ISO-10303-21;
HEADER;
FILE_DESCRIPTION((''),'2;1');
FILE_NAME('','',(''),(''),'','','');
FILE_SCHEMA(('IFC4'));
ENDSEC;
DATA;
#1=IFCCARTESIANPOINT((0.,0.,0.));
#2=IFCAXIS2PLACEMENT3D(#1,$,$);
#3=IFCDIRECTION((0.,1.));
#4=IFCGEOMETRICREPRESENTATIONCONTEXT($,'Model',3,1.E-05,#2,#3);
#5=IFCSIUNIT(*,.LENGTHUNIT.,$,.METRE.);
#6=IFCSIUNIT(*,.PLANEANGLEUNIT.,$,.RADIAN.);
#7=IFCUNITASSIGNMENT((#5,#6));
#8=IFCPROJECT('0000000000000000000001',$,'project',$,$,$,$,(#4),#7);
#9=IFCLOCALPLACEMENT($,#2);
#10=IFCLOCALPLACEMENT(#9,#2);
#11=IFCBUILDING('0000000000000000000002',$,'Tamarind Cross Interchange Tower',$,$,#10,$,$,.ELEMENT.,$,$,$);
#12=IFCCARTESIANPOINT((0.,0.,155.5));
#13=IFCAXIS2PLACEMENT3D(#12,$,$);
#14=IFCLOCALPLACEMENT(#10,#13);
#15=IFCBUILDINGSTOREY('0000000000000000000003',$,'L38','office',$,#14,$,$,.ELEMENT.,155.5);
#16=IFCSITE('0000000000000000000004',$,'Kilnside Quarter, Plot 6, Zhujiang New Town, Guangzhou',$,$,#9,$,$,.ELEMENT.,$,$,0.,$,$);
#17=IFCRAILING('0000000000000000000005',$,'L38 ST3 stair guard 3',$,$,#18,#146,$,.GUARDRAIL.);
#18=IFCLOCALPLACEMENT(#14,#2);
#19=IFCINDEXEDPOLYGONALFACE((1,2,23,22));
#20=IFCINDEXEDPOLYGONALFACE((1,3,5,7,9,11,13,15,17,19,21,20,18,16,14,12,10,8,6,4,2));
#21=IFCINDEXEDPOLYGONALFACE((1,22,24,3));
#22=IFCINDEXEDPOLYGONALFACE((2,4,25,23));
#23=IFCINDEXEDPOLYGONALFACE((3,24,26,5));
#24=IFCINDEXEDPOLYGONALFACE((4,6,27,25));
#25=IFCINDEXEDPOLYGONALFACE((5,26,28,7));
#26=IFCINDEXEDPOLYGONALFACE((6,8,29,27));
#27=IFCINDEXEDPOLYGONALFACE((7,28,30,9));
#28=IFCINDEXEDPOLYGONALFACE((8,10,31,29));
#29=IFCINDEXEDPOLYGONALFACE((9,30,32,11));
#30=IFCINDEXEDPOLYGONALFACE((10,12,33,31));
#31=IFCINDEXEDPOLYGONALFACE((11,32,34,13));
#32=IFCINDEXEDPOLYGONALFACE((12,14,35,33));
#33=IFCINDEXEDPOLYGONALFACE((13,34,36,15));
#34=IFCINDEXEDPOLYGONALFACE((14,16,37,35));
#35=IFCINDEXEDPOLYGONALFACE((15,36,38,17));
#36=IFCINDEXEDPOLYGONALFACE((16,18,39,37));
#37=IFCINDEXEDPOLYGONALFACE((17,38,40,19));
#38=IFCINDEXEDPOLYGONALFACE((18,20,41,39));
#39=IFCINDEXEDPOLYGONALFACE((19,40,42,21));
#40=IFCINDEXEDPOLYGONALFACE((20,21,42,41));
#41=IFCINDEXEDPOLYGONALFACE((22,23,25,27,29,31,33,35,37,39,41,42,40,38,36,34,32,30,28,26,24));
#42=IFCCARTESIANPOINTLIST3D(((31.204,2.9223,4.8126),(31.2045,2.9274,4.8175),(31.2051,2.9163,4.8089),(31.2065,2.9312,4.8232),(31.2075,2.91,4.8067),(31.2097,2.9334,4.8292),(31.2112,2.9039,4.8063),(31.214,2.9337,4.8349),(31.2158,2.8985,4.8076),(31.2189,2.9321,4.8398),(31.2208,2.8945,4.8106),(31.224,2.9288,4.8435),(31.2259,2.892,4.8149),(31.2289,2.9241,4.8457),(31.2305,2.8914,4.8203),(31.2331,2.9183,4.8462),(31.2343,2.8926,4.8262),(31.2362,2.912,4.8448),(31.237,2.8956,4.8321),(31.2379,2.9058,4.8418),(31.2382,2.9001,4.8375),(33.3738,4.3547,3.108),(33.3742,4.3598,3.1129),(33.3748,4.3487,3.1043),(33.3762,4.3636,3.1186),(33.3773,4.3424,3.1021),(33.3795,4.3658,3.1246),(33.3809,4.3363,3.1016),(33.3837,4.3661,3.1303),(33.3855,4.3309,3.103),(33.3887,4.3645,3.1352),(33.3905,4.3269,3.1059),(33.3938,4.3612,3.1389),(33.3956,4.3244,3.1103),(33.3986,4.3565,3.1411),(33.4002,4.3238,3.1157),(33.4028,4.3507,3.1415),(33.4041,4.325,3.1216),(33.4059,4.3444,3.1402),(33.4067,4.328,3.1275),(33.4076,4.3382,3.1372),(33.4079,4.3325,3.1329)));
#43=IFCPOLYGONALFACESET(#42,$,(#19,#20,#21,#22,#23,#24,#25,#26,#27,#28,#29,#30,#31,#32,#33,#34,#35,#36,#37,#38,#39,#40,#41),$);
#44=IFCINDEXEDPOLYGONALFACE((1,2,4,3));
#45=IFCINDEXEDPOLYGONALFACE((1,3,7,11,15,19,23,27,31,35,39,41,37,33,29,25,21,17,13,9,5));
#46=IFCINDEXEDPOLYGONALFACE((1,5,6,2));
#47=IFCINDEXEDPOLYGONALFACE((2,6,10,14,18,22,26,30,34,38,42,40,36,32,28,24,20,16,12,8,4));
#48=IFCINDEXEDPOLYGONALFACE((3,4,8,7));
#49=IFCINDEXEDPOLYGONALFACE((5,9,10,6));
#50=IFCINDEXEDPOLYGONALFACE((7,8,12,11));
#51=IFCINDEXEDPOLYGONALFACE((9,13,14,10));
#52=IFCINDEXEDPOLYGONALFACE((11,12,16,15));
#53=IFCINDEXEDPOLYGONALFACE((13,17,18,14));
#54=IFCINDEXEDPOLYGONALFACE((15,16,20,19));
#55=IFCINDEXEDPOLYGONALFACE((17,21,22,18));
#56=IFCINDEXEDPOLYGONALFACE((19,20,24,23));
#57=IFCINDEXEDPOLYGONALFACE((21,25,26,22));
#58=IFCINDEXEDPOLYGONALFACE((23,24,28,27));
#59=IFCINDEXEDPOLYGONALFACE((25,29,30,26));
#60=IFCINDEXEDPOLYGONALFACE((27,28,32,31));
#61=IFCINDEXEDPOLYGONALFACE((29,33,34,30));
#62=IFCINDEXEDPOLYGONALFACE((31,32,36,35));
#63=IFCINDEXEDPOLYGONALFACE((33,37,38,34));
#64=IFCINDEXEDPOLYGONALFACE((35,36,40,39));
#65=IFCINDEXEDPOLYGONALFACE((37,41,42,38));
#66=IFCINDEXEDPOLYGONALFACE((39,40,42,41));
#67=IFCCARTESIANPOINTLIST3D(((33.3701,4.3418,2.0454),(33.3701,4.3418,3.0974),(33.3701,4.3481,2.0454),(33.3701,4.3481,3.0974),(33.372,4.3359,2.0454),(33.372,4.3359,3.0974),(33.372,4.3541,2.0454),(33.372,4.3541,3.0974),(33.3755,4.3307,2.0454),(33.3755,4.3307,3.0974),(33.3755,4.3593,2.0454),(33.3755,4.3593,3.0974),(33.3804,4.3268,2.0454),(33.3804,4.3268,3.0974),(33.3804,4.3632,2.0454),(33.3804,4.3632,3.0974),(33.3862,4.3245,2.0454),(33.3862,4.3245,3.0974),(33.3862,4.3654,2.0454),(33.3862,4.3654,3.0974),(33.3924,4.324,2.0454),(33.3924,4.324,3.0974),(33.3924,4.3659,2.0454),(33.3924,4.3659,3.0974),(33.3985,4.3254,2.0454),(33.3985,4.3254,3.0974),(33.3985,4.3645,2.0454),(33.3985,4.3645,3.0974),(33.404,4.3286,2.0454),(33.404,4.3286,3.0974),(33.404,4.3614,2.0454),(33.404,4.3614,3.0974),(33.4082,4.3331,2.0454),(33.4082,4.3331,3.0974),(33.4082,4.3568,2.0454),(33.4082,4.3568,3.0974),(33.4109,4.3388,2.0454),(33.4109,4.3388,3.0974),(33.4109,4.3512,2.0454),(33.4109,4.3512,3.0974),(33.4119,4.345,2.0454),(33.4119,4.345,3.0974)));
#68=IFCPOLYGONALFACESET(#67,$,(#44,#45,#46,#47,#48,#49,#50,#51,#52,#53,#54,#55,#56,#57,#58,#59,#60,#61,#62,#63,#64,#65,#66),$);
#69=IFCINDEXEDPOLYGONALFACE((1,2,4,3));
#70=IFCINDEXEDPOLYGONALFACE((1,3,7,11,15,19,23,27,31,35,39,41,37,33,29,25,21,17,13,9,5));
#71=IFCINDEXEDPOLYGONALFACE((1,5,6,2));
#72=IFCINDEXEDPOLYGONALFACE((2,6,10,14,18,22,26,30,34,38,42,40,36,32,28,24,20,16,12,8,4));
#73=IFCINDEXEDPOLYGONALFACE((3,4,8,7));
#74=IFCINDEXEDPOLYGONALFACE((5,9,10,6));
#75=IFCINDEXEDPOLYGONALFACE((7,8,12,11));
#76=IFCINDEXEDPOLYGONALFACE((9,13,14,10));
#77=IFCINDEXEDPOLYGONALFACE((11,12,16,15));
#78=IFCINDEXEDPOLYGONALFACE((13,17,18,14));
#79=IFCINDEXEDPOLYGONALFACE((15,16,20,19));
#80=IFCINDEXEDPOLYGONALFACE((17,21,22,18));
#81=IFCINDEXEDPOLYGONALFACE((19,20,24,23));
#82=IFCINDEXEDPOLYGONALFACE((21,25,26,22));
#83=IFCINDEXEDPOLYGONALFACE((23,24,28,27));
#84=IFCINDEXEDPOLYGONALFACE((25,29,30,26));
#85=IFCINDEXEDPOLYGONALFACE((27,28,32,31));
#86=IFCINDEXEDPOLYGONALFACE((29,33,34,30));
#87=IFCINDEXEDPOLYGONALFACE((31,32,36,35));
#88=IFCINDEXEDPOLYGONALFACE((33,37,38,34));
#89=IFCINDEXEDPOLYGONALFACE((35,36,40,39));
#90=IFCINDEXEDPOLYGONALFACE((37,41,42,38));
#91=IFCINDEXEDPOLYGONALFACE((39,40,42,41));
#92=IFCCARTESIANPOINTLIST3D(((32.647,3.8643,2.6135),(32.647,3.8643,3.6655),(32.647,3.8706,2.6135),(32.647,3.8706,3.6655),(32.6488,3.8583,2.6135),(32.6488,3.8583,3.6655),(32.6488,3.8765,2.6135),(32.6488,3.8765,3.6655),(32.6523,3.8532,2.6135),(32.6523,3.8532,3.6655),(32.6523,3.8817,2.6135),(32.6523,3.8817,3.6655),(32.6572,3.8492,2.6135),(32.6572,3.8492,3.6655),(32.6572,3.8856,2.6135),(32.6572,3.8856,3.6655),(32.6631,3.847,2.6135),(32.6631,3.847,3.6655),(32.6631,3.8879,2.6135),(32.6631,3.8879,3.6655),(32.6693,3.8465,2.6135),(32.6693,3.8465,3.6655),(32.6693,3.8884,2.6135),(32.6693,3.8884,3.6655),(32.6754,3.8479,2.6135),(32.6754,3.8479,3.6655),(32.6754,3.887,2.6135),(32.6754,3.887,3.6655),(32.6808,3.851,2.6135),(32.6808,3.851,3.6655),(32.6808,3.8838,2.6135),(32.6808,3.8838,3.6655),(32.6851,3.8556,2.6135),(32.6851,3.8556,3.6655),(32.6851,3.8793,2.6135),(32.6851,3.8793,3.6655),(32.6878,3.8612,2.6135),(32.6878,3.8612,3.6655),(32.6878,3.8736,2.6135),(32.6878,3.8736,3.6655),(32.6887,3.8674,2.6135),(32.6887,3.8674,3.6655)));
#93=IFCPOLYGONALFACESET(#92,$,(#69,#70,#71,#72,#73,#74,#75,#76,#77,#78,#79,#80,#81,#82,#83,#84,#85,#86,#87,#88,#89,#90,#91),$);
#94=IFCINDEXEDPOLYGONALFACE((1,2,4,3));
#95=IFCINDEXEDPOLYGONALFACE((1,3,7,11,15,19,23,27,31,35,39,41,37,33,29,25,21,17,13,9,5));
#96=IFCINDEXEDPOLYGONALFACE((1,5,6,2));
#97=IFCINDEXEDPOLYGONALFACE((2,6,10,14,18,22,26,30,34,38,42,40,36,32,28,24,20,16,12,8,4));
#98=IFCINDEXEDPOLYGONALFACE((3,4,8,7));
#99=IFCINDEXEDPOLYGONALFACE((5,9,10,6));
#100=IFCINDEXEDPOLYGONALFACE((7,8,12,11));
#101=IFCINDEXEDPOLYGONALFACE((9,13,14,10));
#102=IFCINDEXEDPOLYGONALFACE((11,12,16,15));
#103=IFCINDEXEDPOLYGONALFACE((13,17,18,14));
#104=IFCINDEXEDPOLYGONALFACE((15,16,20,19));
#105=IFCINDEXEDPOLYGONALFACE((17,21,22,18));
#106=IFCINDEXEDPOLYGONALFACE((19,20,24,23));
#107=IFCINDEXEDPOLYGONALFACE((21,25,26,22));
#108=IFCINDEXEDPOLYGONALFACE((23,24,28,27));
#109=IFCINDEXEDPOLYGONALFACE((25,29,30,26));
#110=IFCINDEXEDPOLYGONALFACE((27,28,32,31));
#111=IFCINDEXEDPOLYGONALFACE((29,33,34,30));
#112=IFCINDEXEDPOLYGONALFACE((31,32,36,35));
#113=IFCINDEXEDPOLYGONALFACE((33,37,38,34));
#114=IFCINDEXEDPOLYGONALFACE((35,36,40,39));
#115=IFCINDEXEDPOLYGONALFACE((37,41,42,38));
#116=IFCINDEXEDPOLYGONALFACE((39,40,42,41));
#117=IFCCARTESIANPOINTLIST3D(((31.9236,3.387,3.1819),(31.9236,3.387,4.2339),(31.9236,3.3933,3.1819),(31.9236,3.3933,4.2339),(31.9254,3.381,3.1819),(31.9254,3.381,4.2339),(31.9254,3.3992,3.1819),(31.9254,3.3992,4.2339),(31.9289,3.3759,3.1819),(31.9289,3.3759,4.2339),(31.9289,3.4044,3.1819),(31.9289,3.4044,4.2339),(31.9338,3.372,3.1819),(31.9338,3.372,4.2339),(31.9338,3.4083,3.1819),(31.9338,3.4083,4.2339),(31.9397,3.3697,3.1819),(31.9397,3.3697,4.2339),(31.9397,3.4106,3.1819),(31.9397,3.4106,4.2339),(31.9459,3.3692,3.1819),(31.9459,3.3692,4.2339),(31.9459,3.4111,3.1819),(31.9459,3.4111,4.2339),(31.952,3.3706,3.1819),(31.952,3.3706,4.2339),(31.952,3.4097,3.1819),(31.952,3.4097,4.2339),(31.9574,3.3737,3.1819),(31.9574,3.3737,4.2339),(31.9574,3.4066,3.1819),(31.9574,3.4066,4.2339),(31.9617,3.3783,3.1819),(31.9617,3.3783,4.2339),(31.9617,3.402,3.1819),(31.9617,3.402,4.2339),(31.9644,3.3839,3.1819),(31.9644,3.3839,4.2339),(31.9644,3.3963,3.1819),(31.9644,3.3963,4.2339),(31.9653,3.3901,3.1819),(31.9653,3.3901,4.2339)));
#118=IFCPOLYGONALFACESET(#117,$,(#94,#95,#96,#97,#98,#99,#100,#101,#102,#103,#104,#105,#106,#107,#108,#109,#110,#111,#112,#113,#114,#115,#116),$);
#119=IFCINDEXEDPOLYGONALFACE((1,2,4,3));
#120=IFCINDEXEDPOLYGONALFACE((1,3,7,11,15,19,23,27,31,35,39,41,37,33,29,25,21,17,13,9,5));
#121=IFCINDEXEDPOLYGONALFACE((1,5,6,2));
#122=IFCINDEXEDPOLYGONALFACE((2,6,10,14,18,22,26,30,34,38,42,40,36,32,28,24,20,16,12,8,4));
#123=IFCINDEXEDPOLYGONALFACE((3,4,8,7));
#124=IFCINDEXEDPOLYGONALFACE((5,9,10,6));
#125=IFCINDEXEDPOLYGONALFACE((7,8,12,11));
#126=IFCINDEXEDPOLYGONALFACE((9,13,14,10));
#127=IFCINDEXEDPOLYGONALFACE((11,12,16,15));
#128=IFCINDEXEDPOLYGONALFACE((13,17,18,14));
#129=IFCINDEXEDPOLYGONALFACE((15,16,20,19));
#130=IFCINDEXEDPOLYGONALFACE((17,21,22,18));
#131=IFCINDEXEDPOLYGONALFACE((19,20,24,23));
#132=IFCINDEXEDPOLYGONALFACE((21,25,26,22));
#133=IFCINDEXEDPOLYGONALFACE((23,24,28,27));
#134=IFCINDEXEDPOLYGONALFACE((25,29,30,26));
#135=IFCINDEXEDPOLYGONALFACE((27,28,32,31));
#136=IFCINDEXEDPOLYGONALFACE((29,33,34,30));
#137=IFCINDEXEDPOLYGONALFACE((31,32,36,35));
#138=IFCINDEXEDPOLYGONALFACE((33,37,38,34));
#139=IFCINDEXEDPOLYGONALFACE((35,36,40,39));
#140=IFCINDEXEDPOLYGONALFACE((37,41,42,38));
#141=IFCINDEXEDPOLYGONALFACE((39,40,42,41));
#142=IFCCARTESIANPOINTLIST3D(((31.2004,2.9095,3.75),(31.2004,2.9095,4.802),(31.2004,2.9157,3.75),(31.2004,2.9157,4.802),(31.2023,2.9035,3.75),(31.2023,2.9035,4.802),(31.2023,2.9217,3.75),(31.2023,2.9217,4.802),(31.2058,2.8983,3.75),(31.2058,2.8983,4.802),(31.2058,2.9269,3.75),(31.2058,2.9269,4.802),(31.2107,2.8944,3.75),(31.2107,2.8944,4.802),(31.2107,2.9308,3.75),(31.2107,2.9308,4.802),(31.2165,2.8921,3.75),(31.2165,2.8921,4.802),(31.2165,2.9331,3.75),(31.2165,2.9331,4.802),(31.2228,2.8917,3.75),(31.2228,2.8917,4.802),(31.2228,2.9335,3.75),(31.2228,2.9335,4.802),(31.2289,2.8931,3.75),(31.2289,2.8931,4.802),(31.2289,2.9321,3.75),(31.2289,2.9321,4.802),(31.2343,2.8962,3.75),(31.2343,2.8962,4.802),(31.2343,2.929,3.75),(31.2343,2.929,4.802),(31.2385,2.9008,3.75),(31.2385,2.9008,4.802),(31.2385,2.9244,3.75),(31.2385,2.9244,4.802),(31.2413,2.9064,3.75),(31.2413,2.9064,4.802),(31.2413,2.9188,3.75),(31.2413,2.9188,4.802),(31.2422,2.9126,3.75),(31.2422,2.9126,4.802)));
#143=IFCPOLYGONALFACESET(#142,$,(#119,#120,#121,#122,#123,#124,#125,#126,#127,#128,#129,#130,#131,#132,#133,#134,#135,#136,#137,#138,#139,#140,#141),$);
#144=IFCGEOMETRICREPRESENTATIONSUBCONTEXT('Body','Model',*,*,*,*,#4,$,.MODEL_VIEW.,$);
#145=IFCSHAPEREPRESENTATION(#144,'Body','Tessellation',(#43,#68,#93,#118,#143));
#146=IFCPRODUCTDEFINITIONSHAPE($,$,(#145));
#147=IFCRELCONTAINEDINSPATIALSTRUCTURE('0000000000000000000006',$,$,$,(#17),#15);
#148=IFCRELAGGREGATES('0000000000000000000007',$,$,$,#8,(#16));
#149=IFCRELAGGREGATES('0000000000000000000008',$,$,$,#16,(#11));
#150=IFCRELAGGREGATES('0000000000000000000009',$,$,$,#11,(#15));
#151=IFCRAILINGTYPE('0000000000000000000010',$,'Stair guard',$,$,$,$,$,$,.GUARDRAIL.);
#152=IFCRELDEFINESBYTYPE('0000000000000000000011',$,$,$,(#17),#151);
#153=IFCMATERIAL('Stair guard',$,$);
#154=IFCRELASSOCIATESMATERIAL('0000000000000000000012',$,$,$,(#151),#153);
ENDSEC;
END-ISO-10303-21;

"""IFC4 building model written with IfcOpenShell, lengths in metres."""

from ifc_helpers import new_model, si_unit, direction, frame, origin, origin_2d, place, context, subcontext, project, spatial, circle, extrude, material, type_object, element, save


model = new_model("IFC4")

# Units and contexts
model_context = context("Model", 3, precision=1e-05, world=origin(), true_north=direction((0.0, 1.0)))
body_context = subcontext(model_context, "Body", "Model", "MODEL_VIEW")
ifc_project = project(units=[si_unit("LENGTHUNIT", "METRE"), si_unit("PLANEANGLEUNIT", "RADIAN")], contexts=[model_context])

# Site, building, storey
site_placement = place(None, origin())
site = spatial("IfcSite", under=ifc_project, at=site_placement, Name="Kilnside Quarter, Plot 6, Zhujiang New Town, Guangzhou", CompositionType="ELEMENT", RefElevation=0.0)
building_placement = place(site_placement, origin())
building = spatial("IfcBuilding", under=site, at=building_placement, Name="Tamarind Cross Interchange Tower", CompositionType="ELEMENT")
storey_placement = place(building_placement, frame((0.0, 0.0, 155.5)))
storey = spatial("IfcBuildingStorey", under=building, at=storey_placement, Name="L38", Description="office", CompositionType="ELEMENT", Elevation=155.5)

# Railing
ifc_material_1 = material(Name="Stair guard")
railing_type_1 = type_object("IfcRailingType", Name="Stair guard", PredefinedType="GUARDRAIL", material=ifc_material_1)
railing_1_placement = place(storey_placement, frame((33.3909, 4.345, 2.0454)))
element("IfcRailing", 1, at=railing_1_placement, inside=storey, type_object=railing_type_1, Name="L38 ST3 stair guard 3", PredefinedType="GUARDRAIL", context=body_context, shape_type="SweptSolid", body=[
    extrude(circle(Radius=0.0239, at=origin_2d()), frame((0.0, 0.0, 1.0762), z_axis=(-0.697908, -0.460744, 0.548306), x_axis=(0.550946, -0.834541, 0.0)), (0.0, 0.0, 1.0), 3.1089),
    extrude(circle(Radius=0.021, at=origin_2d()), origin(), (0.0, 0.0, 1.0), 1.052),
    extrude(circle(Radius=0.021, at=origin_2d()), frame((-0.7231, -0.4775, 0.5681)), (0.0, 0.0, 1.0), 1.052),
    extrude(circle(Radius=0.021, at=origin_2d()), frame((-1.4465, -0.9548, 1.1365)), (0.0, 0.0, 1.0), 1.052),
    extrude(circle(Radius=0.021, at=origin_2d()), frame((-2.1697, -1.4324, 1.7046)), (0.0, 0.0, 1.0), 1.052),
])

save(model, "model.ifc")
